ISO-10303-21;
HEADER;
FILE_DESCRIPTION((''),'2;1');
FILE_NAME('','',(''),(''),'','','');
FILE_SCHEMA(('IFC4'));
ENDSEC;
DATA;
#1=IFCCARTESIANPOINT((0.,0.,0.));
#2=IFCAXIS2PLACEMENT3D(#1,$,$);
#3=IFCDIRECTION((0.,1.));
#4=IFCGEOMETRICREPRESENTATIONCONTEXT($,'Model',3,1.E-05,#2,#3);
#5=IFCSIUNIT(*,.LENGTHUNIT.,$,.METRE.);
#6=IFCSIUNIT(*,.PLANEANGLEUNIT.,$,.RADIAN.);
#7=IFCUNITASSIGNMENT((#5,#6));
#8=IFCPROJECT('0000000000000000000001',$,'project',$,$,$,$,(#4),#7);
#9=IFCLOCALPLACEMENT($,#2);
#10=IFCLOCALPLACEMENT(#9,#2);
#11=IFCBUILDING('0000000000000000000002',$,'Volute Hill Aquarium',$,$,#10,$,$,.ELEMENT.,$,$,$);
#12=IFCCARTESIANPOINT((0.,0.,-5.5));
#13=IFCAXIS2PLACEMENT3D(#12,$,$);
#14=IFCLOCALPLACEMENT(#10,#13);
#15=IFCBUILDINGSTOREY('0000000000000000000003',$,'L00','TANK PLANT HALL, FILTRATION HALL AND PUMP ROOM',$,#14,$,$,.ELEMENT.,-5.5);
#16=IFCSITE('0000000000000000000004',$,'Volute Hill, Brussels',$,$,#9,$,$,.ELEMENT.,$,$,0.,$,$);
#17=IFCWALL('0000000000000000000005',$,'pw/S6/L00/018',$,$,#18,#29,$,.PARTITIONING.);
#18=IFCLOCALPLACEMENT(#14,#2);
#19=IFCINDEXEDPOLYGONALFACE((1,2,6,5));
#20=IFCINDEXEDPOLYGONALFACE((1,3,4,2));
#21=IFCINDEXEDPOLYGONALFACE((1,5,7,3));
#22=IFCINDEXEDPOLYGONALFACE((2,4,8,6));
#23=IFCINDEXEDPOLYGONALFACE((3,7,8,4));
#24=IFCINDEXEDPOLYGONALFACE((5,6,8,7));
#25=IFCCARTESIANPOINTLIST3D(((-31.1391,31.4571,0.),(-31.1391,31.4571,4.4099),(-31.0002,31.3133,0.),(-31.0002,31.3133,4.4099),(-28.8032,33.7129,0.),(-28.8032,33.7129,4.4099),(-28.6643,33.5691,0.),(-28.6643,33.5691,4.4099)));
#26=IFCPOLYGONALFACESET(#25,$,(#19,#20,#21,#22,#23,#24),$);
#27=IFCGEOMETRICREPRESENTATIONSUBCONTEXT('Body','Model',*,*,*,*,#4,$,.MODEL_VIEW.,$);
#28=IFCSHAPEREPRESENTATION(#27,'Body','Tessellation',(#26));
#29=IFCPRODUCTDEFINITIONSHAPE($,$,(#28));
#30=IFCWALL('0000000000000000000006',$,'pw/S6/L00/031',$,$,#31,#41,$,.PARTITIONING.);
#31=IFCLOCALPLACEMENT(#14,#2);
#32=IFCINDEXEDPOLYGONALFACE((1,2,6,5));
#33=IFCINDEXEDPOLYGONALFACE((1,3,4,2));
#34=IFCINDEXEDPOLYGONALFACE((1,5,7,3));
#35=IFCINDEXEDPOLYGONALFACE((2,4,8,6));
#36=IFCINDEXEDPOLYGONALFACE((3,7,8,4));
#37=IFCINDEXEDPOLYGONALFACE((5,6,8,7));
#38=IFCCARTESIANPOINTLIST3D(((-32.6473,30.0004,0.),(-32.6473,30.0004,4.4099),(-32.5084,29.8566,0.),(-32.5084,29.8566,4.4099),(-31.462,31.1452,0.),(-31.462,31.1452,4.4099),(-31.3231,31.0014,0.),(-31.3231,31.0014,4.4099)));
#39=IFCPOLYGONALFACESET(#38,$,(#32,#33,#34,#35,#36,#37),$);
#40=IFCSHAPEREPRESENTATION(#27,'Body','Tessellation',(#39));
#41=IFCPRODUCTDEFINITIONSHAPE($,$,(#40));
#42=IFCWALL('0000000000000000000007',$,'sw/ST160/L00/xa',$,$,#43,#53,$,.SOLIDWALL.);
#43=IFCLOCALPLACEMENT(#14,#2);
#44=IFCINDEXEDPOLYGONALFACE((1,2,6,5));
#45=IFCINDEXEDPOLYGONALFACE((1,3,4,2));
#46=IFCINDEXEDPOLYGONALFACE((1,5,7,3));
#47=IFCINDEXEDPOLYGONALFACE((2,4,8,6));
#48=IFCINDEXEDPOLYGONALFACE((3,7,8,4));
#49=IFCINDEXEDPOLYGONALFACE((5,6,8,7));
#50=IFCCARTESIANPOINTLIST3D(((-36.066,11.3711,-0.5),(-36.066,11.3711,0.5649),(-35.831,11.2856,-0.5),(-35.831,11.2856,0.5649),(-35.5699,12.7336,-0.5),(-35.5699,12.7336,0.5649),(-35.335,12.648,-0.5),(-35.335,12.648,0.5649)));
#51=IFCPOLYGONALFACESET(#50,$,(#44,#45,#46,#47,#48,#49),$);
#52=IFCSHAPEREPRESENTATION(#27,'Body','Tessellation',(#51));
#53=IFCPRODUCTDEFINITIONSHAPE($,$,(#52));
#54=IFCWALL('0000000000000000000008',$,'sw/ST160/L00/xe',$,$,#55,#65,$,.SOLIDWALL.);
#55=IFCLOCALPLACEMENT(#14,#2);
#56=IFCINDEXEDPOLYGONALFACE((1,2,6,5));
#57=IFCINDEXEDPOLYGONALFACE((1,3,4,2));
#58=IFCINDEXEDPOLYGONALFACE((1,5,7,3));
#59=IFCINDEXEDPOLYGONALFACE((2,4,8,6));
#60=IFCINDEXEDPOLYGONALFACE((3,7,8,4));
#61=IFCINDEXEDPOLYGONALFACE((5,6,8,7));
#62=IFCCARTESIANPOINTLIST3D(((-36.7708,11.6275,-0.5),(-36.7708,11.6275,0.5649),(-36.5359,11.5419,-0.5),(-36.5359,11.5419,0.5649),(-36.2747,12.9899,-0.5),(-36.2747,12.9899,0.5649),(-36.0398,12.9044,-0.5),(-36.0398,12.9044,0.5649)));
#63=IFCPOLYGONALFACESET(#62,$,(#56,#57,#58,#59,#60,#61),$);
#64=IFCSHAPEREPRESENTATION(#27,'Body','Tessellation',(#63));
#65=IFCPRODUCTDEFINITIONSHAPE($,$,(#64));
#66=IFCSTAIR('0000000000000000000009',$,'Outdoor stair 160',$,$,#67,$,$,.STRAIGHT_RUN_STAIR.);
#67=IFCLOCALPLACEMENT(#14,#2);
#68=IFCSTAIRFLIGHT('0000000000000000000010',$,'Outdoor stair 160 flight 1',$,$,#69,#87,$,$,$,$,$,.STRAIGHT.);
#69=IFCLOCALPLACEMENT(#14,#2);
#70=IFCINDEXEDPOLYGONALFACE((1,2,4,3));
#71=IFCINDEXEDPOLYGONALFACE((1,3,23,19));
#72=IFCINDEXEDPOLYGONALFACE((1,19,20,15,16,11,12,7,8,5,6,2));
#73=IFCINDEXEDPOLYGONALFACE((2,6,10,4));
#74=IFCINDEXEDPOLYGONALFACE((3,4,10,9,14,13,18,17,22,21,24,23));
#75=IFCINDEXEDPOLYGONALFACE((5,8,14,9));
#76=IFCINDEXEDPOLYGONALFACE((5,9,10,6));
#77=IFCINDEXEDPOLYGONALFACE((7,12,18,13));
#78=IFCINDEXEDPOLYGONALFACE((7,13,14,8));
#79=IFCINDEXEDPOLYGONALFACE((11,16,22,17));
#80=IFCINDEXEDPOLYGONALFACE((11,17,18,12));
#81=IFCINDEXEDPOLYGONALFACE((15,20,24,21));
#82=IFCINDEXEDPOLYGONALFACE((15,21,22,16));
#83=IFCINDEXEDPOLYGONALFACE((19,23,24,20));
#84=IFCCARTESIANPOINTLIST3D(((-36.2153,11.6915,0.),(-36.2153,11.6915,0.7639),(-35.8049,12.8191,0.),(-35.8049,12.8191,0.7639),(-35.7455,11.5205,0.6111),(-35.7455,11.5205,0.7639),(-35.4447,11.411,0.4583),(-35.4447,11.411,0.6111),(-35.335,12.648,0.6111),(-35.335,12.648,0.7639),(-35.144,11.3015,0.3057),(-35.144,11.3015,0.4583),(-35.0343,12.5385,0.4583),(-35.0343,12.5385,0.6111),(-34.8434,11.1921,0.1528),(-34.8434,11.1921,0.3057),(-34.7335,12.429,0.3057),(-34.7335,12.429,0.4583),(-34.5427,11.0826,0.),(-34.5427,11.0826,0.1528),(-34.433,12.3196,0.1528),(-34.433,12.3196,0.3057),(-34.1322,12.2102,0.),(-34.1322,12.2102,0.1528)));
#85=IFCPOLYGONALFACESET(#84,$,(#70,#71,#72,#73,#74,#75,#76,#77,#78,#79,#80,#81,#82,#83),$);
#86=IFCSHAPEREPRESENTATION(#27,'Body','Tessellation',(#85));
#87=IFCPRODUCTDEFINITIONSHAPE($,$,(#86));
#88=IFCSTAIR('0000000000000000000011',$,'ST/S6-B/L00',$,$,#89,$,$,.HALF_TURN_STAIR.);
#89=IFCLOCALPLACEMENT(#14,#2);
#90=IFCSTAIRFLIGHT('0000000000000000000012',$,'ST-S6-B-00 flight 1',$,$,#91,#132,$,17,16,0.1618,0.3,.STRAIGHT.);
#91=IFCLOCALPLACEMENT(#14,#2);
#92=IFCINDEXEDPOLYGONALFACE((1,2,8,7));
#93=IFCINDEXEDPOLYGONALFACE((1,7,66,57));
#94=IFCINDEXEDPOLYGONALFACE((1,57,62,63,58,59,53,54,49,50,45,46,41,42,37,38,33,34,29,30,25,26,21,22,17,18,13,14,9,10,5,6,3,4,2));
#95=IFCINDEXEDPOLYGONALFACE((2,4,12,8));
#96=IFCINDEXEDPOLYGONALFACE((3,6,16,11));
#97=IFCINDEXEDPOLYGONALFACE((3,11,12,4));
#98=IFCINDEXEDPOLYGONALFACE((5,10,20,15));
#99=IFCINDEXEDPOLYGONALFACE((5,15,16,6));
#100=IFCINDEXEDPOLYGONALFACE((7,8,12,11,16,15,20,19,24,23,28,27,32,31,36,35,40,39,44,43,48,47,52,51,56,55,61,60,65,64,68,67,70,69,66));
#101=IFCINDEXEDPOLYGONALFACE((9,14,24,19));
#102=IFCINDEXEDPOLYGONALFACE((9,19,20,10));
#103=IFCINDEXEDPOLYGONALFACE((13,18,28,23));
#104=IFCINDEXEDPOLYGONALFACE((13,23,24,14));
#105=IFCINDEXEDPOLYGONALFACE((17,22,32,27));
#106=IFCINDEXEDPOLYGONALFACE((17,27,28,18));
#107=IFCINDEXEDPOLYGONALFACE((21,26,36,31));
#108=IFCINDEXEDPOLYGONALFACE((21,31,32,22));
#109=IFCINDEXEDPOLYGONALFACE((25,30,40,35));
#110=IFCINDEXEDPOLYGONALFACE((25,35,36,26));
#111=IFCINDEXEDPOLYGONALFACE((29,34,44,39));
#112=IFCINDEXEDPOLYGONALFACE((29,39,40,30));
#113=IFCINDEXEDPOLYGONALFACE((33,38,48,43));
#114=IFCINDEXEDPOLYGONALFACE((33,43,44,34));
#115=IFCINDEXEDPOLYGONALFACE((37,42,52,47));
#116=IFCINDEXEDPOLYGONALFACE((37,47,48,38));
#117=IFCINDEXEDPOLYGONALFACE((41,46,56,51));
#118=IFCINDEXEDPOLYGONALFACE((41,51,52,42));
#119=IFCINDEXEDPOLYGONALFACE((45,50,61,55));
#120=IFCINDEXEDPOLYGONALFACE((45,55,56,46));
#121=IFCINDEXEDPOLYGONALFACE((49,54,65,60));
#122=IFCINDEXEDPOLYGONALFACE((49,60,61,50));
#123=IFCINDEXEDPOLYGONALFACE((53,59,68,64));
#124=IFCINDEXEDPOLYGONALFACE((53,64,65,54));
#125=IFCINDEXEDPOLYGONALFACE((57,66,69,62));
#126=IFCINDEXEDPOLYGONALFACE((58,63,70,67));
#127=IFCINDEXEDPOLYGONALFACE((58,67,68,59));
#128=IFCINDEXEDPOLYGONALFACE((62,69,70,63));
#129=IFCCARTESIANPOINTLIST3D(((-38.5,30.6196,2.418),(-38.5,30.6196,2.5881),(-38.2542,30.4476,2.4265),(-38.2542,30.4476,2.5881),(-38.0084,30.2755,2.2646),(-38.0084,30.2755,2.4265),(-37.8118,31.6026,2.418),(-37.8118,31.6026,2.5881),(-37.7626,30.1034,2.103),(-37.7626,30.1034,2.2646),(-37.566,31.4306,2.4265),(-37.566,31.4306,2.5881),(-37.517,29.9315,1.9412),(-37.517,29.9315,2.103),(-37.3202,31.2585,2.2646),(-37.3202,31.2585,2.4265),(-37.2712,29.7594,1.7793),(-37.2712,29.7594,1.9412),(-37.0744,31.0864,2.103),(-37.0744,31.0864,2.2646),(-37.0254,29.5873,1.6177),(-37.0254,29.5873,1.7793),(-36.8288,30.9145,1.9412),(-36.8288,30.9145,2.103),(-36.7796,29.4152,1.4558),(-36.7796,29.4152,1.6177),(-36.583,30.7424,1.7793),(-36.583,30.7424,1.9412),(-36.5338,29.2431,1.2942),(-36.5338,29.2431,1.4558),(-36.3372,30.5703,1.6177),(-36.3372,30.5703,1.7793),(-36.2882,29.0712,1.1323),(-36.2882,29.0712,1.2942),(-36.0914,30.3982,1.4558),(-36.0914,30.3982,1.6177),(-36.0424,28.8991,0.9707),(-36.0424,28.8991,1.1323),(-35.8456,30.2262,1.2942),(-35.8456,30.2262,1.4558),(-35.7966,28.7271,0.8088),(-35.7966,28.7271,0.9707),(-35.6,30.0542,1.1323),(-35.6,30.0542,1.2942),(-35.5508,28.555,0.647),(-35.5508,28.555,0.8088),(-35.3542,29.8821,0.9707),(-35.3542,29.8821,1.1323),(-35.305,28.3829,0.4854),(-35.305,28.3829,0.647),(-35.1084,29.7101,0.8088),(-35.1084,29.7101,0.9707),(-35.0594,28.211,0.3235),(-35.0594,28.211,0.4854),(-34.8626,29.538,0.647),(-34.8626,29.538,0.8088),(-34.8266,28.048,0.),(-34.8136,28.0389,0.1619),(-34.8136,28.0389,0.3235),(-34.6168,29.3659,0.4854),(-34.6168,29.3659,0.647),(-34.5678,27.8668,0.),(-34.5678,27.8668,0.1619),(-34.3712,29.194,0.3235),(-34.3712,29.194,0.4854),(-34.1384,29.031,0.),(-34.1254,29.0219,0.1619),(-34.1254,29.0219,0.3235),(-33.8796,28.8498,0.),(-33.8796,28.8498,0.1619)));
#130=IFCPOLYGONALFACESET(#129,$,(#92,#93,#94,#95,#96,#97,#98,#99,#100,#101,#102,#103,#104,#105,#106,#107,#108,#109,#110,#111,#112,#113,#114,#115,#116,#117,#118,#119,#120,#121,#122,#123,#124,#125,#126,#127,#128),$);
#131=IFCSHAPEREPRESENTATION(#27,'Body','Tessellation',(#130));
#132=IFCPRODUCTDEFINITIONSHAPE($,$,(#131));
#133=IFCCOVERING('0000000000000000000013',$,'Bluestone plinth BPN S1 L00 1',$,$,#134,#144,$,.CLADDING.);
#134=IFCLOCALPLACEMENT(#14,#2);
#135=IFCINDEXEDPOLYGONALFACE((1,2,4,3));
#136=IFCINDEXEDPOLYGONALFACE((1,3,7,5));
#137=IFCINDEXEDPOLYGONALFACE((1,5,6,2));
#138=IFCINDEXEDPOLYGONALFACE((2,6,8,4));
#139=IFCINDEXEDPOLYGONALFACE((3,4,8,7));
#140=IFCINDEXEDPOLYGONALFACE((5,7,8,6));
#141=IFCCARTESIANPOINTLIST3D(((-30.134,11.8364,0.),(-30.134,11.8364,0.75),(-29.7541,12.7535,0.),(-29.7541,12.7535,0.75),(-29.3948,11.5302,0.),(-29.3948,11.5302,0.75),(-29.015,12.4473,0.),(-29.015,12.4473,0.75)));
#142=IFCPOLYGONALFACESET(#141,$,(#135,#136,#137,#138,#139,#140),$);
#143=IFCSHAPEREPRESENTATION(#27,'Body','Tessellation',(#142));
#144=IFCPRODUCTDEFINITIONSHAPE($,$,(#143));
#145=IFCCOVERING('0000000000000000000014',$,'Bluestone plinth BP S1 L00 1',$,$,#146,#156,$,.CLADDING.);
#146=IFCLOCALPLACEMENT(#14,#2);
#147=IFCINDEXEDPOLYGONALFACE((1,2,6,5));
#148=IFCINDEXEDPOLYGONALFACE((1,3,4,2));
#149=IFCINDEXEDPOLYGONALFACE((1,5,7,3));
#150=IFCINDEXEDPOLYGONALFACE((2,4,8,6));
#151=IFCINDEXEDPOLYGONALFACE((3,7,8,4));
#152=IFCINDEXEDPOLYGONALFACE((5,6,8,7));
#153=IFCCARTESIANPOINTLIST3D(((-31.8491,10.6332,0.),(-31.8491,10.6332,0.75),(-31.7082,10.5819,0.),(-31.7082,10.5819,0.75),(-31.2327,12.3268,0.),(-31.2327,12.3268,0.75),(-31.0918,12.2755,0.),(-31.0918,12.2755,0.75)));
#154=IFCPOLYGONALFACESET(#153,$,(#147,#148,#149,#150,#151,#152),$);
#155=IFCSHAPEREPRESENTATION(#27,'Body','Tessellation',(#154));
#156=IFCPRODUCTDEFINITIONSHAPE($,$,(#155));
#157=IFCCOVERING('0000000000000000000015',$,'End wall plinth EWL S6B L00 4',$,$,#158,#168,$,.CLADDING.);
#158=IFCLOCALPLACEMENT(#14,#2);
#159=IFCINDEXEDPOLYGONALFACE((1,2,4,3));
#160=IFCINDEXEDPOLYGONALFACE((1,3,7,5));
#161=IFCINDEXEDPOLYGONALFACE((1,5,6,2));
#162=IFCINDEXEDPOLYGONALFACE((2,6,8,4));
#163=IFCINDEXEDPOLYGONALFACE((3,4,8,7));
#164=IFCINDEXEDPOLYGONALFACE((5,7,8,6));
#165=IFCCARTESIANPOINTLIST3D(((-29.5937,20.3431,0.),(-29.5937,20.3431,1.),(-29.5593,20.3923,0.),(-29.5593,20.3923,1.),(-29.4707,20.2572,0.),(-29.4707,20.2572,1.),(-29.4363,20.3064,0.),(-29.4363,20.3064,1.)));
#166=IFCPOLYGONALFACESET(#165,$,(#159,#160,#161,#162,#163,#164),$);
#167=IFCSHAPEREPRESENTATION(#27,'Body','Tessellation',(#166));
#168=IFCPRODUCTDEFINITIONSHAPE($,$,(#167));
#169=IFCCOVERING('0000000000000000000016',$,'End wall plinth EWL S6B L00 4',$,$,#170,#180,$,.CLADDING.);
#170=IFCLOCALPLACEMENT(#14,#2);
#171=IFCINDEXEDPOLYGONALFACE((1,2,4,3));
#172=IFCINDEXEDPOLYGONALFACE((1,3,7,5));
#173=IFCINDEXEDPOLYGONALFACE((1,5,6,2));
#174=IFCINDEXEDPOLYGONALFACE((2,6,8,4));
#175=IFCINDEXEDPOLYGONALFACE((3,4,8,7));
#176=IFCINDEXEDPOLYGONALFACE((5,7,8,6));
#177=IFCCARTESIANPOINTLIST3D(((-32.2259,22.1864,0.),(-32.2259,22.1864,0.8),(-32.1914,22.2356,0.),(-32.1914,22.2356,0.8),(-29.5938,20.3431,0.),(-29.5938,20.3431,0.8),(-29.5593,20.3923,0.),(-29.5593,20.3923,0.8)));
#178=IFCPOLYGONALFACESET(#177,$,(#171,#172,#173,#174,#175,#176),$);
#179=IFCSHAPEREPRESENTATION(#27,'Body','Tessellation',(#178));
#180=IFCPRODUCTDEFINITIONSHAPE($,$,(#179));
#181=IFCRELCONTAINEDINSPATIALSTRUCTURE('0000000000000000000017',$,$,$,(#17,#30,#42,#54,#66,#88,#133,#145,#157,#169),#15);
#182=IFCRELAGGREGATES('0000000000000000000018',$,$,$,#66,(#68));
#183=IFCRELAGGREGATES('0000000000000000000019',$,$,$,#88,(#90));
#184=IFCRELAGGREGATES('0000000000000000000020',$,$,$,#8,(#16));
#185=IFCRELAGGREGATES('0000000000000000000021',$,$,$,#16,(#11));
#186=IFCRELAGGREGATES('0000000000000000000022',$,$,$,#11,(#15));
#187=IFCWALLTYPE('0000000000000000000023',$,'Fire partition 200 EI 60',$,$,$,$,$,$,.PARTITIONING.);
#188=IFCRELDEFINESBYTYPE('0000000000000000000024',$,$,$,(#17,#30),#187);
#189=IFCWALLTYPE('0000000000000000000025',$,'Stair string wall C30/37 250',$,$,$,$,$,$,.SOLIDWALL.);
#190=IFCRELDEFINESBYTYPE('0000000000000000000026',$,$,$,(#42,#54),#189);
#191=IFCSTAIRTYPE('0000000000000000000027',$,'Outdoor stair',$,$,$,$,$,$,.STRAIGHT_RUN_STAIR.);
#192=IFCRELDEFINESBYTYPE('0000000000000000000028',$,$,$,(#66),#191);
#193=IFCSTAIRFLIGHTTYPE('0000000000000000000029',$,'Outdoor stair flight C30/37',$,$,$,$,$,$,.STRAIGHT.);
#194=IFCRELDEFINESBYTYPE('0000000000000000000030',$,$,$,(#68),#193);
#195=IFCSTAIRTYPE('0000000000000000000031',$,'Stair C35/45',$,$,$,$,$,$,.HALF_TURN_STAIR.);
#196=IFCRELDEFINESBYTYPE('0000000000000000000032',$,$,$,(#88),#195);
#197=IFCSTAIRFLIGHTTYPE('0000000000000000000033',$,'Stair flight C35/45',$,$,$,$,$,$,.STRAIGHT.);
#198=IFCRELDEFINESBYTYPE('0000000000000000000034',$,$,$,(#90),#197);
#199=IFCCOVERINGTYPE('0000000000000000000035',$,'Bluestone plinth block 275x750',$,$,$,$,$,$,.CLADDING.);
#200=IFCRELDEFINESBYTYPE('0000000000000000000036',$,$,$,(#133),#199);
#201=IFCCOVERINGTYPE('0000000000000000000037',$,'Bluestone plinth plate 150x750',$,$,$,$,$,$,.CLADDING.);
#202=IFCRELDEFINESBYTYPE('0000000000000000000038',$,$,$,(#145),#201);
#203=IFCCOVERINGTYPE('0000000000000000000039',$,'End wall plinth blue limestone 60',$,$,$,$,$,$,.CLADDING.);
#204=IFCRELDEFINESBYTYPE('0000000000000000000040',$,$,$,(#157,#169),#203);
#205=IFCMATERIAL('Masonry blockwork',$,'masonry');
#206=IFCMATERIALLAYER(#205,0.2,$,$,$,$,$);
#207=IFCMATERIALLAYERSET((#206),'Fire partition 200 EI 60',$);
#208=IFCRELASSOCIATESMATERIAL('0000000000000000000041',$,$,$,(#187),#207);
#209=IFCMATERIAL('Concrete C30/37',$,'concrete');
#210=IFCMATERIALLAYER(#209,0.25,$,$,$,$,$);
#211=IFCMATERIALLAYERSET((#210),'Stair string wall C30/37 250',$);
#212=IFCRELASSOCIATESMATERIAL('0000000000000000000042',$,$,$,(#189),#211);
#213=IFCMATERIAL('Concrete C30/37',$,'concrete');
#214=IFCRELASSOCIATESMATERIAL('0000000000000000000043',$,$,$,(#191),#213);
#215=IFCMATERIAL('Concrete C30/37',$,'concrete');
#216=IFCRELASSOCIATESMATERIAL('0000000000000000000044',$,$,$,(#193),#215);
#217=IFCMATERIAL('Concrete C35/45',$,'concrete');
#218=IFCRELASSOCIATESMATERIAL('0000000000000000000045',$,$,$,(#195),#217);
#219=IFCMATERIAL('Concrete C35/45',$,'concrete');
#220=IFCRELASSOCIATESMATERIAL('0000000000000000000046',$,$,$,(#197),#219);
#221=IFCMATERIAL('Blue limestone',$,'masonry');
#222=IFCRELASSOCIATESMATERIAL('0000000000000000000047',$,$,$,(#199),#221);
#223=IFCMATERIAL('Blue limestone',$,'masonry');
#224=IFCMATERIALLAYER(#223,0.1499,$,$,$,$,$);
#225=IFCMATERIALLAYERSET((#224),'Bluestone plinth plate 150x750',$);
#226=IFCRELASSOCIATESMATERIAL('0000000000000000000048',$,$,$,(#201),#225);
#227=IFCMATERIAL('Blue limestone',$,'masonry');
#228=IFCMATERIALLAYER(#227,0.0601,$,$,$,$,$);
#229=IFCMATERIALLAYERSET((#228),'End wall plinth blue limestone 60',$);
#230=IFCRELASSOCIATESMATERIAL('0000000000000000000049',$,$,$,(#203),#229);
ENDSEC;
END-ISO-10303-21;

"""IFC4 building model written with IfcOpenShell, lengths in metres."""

from ifc_helpers import new_model, si_unit, direction, frame, frame_2d, origin, origin_2d, place, context, subcontext, project, spatial, polyline, rectangle, outline, extrude, material, layer, layer_set, type_object, element, aggregate, save


model = new_model("IFC4")

# Units and contexts
model_context = context("Model", 3, precision=1e-05, world=origin(), true_north=direction((0.0, 1.0)))
body_context = subcontext(model_context, "Body", "Model", "MODEL_VIEW")
ifc_project = project(units=[si_unit("LENGTHUNIT", "METRE"), si_unit("PLANEANGLEUNIT", "RADIAN")], contexts=[model_context])

# Site, building, storey
site_placement = place(None, origin())
site = spatial("IfcSite", under=ifc_project, at=site_placement, Name="Volute Hill, Brussels", CompositionType="ELEMENT", RefElevation=0.0)
building_placement = place(site_placement, origin())
building = spatial("IfcBuilding", under=site, at=building_placement, Name="Volute Hill Aquarium", CompositionType="ELEMENT")
storey_placement = place(building_placement, frame((0.0, 0.0, -5.5)))
storey = spatial("IfcBuildingStorey", under=building, at=storey_placement, Name="L00", Description="TANK PLANT HALL, FILTRATION HALL AND PUMP ROOM", CompositionType="ELEMENT", Elevation=-5.5)

# Shared definitions
ifc_material_1 = material(Name="Masonry blockwork", Category="masonry")
ifc_layer_1 = layer(ifc_material_1, 0.2)
ifc_layer_set_1 = layer_set([ifc_layer_1], Name="Fire partition 200 EI 60")
wall_type_1 = type_object("IfcWallType", Name="Fire partition 200 EI 60", PredefinedType="PARTITIONING", material=ifc_layer_set_1)

# Walls
wall_1_placement = place(storey_placement, frame((-31.0696, 31.3853, 0.0), z_axis=(0.0, 0.0, 1.0), x_axis=(0.719329, 0.69467, 0.0)))
element("IfcWall", 1, at=wall_1_placement, inside=storey, type_object=wall_type_1, Name="pw/S6/L00/018", PredefinedType="PARTITIONING", context=body_context, shape_type="SweptSolid", body=[
    extrude(rectangle(XDim=3.2473, YDim=0.2, at=frame_2d((1.6235, 0.0))), origin(), (0.0, 0.0, 1.0), 4.4099),
])
wall_2_placement = place(storey_placement, frame((-32.5779, 29.9285, 0.0), z_axis=(0.0, 0.0, 1.0), x_axis=(0.719297, 0.694703, 0.0)))
element("IfcWall", 2, at=wall_2_placement, inside=storey, type_object=wall_type_1, Name="pw/S6/L00/031", PredefinedType="PARTITIONING", context=body_context, shape_type="SweptSolid", body=[
    extrude(rectangle(XDim=1.6479, YDim=0.2, at=frame_2d((0.824, 0.0))), origin(), (0.0, 0.0, 1.0), 4.4099),
])
ifc_material_2 = material(Name="Concrete C30/37", Category="concrete")
ifc_layer_2 = layer(ifc_material_2, 0.25)
ifc_layer_set_2 = layer_set([ifc_layer_2], Name="Stair string wall C30/37 250")
wall_type_2 = type_object("IfcWallType", Name="Stair string wall C30/37 250", PredefinedType="SOLIDWALL", material=ifc_layer_set_2)
for number, where, z_axis, x_axis, name in (
    (3, (-35.4524, 12.6909, -0.5), (0.0, 0.0, 1.0), (-0.342122, -0.939656, 0.0), "sw/ST160/L00/xa"),
    (4, (-36.1572, 12.9473, -0.5), (0.0, 0.0, 1.0), (-0.342122, -0.939656, 0.0), "sw/ST160/L00/xe"),
):
    element("IfcWall", number, at=place(storey_placement, frame(where, z_axis=z_axis, x_axis=x_axis)), inside=storey, type_object=wall_type_2, Name=name, PredefinedType="SOLIDWALL", context=body_context, shape_type="SweptSolid", body=[
        extrude(rectangle(XDim=1.45, YDim=0.25, at=frame_2d((0.7251, 0.0))), origin(), (0.0, 0.0, 1.0), 1.0649),
    ])

# Stairs, stair flights
ifc_material_3 = material(Name="Concrete C30/37", Category="concrete")
stair_type_1 = type_object("IfcStairType", Name="Outdoor stair", PredefinedType="STRAIGHT_RUN_STAIR", material=ifc_material_3)
stair_1_placement = place(storey_placement, origin())
stair_1 = element("IfcStair", 5, at=stair_1_placement, inside=storey, type_object=stair_type_1, Name="Outdoor stair 160", PredefinedType="STRAIGHT_RUN_STAIR")
ifc_material_4 = material(Name="Concrete C30/37", Category="concrete")
stair_flight_type_1 = type_object("IfcStairFlightType", Name="Outdoor stair flight C30/37", PredefinedType="STRAIGHT", material=ifc_material_4)
stair_flight_1_placement = place(storey_placement, frame((-34.3374, 11.6465, 0.0), z_axis=(0.0, 0.0, 1.0), x_axis=(-0.939673, 0.342073, 0.0)))
stair_flight_1 = element("IfcStairFlight", 6, at=stair_flight_1_placement, type_object=stair_flight_type_1, Name="Outdoor stair 160 flight 1", PredefinedType="STRAIGHT", context=body_context, shape_type="SweptSolid", body=[
    extrude(outline(polyline([(0.0, 0.0), (1.78, 0.0), (1.78, 0.7639), (1.28, 0.7639), (1.28, 0.6111), (0.96, 0.6111), (0.96, 0.4583), (0.6399, 0.4583), (0.6399, 0.3057), (0.3201, 0.3057), (0.3201, 0.1528), (0.0, 0.1528), (0.0, 0.0), (0.0, 0.0)])), frame((0.0, 0.6001, 0.0), z_axis=(0.0, -1.0, 0.0), x_axis=(1.0, 0.0, 0.0)), (0.0, 0.0, 1.0), 1.2),
])
aggregate(stair_1, [stair_flight_1])
ifc_material_5 = material(Name="Concrete C35/45", Category="concrete")
stair_type_2 = type_object("IfcStairType", Name="Stair C35/45", PredefinedType="HALF_TURN_STAIR", material=ifc_material_5)
stair_2_placement = place(storey_placement, origin())
stair_2 = element("IfcStair", 7, at=stair_2_placement, inside=storey, type_object=stair_type_2, Name="ST/S6-B/L00", PredefinedType="HALF_TURN_STAIR")
ifc_material_6 = material(Name="Concrete C35/45", Category="concrete")
stair_flight_type_2 = type_object("IfcStairFlightType", Name="Stair flight C35/45", PredefinedType="STRAIGHT", material=ifc_material_6)
stair_flight_2_placement = place(storey_placement, frame((-34.2236, 28.3584, 0.0), z_axis=(0.0, 0.0, 1.0), x_axis=(-0.819204, 0.573503, 0.0)))
stair_flight_2 = element("IfcStairFlight", 8, at=stair_flight_2_placement, type_object=stair_flight_type_2, Name="ST-S6-B-00 flight 1", NumberOfRisers=17, NumberOfTreads=16, PredefinedType="STRAIGHT", RiserHeight=0.1618, TreadLength=0.3, context=body_context, shape_type="SweptSolid", body=[
    extrude(outline(polyline([(0.0, 0.0), (0.0, 0.1619), (0.3, 0.1619), (0.3, 0.3235), (0.6001, 0.3235), (0.6001, 0.4854), (0.8999, 0.4854), (0.8999, 0.647), (1.2, 0.647), (1.2, 0.8088), (1.5, 0.8088), (1.5, 0.9707), (1.8, 0.9707), (1.8, 1.1323), (2.1001, 1.1323), (2.1001, 1.2942), (2.3999, 1.2942), (2.3999, 1.4558), (2.7, 1.4558), (2.7, 1.6177), (3.0, 1.6177), (3.0, 1.7793), (3.3, 1.7793), (3.3, 1.9412), (3.6001, 1.9412), (3.6001, 2.103), (3.8999, 2.103), (3.8999, 2.2646), (4.2, 2.2646), (4.2, 2.4265), (4.5, 2.4265), (4.5, 2.5881), (4.8, 2.5881), (4.8, 2.75), (4.8, 2.418), (0.3159, 0.0), (0.0, 0.0)])), frame((0.0, 0.6001, 0.0), z_axis=(0.0, -1.0, 0.0), x_axis=(1.0, 0.0, 0.0)), (0.0, 0.0, 1.0), 1.2),
])
aggregate(stair_2, [stair_flight_2])

# Coverings
ifc_material_7 = material(Name="Blue limestone", Category="masonry")
covering_type_1 = type_object("IfcCoveringType", Name="Bluestone plinth block 275x750", PredefinedType="CLADDING", material=ifc_material_7)
covering_1_placement = place(storey_placement, frame((-29.5745, 12.1418, 0.0), z_axis=(0.0, 0.0, 1.0), x_axis=(-0.382662, -0.923889, 0.0)))
element("IfcCovering", 9, at=covering_1_placement, inside=storey, type_object=covering_type_1, Name="Bluestone plinth BPN S1 L00 1", PredefinedType="CLADDING", context=body_context, shape_type="SweptSolid", body=[
    extrude(rectangle(XDim=0.9927, YDim=0.8, at=origin_2d()), origin(), (0.0, 0.0, 1.0), 0.75),
])
ifc_material_8 = material(Name="Blue limestone", Category="masonry")
ifc_layer_3 = layer(ifc_material_8, 0.1499)
ifc_layer_set_3 = layer_set([ifc_layer_3], Name="Bluestone plinth plate 150x750")
covering_type_2 = type_object("IfcCoveringType", Name="Bluestone plinth plate 150x750", PredefinedType="CLADDING", material=ifc_layer_set_3)
covering_2_placement = place(storey_placement, frame((-31.4705, 11.4543, 0.0), z_axis=(0.0, 0.0, 1.0), x_axis=(-0.34202, -0.939693, 0.0)))
element("IfcCovering", 10, at=covering_2_placement, inside=storey, type_object=covering_type_2, Name="Bluestone plinth BP S1 L00 1", PredefinedType="CLADDING", context=body_context, shape_type="SweptSolid", body=[
    extrude(rectangle(XDim=1.8022, YDim=0.1499, at=origin_2d()), origin(), (0.0, 0.0, 1.0), 0.75),
])
ifc_material_9 = material(Name="Blue limestone", Category="masonry")
ifc_layer_4 = layer(ifc_material_9, 0.0601)
ifc_layer_set_4 = layer_set([ifc_layer_4], Name="End wall plinth blue limestone 60")
covering_type_3 = type_object("IfcCoveringType", Name="End wall plinth blue limestone 60", PredefinedType="CLADDING", material=ifc_layer_set_4)
covering_3_placement = place(storey_placement, frame((-29.4363, 20.3064, 0.0), z_axis=(0.572589, 0.819843, 0.0), x_axis=(-0.819843, 0.572589, 0.0)))
element("IfcCovering", 11, at=covering_3_placement, inside=storey, type_object=covering_type_3, Name="End wall plinth EWL S6B L00 4", PredefinedType="CLADDING", context=body_context, shape_type="SweptSolid", body=[
    extrude(outline(polyline([(0.0, 0.0), (0.1501, 0.0), (0.1501, 1.0), (0.0, 1.0), (0.0, 0.0)])), origin(), (0.0, 0.0, -1.0), 0.0601),
])
covering_4_placement = place(storey_placement, frame((-29.5593, 20.3923, 0.0), z_axis=(0.573631, 0.819114, 0.0), x_axis=(-0.819114, 0.573631, 0.0)))
element("IfcCovering", 12, at=covering_4_placement, inside=storey, type_object=covering_type_3, Name="End wall plinth EWL S6B L00 4", PredefinedType="CLADDING", context=body_context, shape_type="SweptSolid", body=[
    extrude(outline(polyline([(0.0, 0.0), (3.2133, 0.0), (3.2133, 0.8), (0.0, 0.8), (0.0, 0.0)])), origin(), (0.0, 0.0, -1.0), 0.0601),
])

save(model, "model.ifc")
